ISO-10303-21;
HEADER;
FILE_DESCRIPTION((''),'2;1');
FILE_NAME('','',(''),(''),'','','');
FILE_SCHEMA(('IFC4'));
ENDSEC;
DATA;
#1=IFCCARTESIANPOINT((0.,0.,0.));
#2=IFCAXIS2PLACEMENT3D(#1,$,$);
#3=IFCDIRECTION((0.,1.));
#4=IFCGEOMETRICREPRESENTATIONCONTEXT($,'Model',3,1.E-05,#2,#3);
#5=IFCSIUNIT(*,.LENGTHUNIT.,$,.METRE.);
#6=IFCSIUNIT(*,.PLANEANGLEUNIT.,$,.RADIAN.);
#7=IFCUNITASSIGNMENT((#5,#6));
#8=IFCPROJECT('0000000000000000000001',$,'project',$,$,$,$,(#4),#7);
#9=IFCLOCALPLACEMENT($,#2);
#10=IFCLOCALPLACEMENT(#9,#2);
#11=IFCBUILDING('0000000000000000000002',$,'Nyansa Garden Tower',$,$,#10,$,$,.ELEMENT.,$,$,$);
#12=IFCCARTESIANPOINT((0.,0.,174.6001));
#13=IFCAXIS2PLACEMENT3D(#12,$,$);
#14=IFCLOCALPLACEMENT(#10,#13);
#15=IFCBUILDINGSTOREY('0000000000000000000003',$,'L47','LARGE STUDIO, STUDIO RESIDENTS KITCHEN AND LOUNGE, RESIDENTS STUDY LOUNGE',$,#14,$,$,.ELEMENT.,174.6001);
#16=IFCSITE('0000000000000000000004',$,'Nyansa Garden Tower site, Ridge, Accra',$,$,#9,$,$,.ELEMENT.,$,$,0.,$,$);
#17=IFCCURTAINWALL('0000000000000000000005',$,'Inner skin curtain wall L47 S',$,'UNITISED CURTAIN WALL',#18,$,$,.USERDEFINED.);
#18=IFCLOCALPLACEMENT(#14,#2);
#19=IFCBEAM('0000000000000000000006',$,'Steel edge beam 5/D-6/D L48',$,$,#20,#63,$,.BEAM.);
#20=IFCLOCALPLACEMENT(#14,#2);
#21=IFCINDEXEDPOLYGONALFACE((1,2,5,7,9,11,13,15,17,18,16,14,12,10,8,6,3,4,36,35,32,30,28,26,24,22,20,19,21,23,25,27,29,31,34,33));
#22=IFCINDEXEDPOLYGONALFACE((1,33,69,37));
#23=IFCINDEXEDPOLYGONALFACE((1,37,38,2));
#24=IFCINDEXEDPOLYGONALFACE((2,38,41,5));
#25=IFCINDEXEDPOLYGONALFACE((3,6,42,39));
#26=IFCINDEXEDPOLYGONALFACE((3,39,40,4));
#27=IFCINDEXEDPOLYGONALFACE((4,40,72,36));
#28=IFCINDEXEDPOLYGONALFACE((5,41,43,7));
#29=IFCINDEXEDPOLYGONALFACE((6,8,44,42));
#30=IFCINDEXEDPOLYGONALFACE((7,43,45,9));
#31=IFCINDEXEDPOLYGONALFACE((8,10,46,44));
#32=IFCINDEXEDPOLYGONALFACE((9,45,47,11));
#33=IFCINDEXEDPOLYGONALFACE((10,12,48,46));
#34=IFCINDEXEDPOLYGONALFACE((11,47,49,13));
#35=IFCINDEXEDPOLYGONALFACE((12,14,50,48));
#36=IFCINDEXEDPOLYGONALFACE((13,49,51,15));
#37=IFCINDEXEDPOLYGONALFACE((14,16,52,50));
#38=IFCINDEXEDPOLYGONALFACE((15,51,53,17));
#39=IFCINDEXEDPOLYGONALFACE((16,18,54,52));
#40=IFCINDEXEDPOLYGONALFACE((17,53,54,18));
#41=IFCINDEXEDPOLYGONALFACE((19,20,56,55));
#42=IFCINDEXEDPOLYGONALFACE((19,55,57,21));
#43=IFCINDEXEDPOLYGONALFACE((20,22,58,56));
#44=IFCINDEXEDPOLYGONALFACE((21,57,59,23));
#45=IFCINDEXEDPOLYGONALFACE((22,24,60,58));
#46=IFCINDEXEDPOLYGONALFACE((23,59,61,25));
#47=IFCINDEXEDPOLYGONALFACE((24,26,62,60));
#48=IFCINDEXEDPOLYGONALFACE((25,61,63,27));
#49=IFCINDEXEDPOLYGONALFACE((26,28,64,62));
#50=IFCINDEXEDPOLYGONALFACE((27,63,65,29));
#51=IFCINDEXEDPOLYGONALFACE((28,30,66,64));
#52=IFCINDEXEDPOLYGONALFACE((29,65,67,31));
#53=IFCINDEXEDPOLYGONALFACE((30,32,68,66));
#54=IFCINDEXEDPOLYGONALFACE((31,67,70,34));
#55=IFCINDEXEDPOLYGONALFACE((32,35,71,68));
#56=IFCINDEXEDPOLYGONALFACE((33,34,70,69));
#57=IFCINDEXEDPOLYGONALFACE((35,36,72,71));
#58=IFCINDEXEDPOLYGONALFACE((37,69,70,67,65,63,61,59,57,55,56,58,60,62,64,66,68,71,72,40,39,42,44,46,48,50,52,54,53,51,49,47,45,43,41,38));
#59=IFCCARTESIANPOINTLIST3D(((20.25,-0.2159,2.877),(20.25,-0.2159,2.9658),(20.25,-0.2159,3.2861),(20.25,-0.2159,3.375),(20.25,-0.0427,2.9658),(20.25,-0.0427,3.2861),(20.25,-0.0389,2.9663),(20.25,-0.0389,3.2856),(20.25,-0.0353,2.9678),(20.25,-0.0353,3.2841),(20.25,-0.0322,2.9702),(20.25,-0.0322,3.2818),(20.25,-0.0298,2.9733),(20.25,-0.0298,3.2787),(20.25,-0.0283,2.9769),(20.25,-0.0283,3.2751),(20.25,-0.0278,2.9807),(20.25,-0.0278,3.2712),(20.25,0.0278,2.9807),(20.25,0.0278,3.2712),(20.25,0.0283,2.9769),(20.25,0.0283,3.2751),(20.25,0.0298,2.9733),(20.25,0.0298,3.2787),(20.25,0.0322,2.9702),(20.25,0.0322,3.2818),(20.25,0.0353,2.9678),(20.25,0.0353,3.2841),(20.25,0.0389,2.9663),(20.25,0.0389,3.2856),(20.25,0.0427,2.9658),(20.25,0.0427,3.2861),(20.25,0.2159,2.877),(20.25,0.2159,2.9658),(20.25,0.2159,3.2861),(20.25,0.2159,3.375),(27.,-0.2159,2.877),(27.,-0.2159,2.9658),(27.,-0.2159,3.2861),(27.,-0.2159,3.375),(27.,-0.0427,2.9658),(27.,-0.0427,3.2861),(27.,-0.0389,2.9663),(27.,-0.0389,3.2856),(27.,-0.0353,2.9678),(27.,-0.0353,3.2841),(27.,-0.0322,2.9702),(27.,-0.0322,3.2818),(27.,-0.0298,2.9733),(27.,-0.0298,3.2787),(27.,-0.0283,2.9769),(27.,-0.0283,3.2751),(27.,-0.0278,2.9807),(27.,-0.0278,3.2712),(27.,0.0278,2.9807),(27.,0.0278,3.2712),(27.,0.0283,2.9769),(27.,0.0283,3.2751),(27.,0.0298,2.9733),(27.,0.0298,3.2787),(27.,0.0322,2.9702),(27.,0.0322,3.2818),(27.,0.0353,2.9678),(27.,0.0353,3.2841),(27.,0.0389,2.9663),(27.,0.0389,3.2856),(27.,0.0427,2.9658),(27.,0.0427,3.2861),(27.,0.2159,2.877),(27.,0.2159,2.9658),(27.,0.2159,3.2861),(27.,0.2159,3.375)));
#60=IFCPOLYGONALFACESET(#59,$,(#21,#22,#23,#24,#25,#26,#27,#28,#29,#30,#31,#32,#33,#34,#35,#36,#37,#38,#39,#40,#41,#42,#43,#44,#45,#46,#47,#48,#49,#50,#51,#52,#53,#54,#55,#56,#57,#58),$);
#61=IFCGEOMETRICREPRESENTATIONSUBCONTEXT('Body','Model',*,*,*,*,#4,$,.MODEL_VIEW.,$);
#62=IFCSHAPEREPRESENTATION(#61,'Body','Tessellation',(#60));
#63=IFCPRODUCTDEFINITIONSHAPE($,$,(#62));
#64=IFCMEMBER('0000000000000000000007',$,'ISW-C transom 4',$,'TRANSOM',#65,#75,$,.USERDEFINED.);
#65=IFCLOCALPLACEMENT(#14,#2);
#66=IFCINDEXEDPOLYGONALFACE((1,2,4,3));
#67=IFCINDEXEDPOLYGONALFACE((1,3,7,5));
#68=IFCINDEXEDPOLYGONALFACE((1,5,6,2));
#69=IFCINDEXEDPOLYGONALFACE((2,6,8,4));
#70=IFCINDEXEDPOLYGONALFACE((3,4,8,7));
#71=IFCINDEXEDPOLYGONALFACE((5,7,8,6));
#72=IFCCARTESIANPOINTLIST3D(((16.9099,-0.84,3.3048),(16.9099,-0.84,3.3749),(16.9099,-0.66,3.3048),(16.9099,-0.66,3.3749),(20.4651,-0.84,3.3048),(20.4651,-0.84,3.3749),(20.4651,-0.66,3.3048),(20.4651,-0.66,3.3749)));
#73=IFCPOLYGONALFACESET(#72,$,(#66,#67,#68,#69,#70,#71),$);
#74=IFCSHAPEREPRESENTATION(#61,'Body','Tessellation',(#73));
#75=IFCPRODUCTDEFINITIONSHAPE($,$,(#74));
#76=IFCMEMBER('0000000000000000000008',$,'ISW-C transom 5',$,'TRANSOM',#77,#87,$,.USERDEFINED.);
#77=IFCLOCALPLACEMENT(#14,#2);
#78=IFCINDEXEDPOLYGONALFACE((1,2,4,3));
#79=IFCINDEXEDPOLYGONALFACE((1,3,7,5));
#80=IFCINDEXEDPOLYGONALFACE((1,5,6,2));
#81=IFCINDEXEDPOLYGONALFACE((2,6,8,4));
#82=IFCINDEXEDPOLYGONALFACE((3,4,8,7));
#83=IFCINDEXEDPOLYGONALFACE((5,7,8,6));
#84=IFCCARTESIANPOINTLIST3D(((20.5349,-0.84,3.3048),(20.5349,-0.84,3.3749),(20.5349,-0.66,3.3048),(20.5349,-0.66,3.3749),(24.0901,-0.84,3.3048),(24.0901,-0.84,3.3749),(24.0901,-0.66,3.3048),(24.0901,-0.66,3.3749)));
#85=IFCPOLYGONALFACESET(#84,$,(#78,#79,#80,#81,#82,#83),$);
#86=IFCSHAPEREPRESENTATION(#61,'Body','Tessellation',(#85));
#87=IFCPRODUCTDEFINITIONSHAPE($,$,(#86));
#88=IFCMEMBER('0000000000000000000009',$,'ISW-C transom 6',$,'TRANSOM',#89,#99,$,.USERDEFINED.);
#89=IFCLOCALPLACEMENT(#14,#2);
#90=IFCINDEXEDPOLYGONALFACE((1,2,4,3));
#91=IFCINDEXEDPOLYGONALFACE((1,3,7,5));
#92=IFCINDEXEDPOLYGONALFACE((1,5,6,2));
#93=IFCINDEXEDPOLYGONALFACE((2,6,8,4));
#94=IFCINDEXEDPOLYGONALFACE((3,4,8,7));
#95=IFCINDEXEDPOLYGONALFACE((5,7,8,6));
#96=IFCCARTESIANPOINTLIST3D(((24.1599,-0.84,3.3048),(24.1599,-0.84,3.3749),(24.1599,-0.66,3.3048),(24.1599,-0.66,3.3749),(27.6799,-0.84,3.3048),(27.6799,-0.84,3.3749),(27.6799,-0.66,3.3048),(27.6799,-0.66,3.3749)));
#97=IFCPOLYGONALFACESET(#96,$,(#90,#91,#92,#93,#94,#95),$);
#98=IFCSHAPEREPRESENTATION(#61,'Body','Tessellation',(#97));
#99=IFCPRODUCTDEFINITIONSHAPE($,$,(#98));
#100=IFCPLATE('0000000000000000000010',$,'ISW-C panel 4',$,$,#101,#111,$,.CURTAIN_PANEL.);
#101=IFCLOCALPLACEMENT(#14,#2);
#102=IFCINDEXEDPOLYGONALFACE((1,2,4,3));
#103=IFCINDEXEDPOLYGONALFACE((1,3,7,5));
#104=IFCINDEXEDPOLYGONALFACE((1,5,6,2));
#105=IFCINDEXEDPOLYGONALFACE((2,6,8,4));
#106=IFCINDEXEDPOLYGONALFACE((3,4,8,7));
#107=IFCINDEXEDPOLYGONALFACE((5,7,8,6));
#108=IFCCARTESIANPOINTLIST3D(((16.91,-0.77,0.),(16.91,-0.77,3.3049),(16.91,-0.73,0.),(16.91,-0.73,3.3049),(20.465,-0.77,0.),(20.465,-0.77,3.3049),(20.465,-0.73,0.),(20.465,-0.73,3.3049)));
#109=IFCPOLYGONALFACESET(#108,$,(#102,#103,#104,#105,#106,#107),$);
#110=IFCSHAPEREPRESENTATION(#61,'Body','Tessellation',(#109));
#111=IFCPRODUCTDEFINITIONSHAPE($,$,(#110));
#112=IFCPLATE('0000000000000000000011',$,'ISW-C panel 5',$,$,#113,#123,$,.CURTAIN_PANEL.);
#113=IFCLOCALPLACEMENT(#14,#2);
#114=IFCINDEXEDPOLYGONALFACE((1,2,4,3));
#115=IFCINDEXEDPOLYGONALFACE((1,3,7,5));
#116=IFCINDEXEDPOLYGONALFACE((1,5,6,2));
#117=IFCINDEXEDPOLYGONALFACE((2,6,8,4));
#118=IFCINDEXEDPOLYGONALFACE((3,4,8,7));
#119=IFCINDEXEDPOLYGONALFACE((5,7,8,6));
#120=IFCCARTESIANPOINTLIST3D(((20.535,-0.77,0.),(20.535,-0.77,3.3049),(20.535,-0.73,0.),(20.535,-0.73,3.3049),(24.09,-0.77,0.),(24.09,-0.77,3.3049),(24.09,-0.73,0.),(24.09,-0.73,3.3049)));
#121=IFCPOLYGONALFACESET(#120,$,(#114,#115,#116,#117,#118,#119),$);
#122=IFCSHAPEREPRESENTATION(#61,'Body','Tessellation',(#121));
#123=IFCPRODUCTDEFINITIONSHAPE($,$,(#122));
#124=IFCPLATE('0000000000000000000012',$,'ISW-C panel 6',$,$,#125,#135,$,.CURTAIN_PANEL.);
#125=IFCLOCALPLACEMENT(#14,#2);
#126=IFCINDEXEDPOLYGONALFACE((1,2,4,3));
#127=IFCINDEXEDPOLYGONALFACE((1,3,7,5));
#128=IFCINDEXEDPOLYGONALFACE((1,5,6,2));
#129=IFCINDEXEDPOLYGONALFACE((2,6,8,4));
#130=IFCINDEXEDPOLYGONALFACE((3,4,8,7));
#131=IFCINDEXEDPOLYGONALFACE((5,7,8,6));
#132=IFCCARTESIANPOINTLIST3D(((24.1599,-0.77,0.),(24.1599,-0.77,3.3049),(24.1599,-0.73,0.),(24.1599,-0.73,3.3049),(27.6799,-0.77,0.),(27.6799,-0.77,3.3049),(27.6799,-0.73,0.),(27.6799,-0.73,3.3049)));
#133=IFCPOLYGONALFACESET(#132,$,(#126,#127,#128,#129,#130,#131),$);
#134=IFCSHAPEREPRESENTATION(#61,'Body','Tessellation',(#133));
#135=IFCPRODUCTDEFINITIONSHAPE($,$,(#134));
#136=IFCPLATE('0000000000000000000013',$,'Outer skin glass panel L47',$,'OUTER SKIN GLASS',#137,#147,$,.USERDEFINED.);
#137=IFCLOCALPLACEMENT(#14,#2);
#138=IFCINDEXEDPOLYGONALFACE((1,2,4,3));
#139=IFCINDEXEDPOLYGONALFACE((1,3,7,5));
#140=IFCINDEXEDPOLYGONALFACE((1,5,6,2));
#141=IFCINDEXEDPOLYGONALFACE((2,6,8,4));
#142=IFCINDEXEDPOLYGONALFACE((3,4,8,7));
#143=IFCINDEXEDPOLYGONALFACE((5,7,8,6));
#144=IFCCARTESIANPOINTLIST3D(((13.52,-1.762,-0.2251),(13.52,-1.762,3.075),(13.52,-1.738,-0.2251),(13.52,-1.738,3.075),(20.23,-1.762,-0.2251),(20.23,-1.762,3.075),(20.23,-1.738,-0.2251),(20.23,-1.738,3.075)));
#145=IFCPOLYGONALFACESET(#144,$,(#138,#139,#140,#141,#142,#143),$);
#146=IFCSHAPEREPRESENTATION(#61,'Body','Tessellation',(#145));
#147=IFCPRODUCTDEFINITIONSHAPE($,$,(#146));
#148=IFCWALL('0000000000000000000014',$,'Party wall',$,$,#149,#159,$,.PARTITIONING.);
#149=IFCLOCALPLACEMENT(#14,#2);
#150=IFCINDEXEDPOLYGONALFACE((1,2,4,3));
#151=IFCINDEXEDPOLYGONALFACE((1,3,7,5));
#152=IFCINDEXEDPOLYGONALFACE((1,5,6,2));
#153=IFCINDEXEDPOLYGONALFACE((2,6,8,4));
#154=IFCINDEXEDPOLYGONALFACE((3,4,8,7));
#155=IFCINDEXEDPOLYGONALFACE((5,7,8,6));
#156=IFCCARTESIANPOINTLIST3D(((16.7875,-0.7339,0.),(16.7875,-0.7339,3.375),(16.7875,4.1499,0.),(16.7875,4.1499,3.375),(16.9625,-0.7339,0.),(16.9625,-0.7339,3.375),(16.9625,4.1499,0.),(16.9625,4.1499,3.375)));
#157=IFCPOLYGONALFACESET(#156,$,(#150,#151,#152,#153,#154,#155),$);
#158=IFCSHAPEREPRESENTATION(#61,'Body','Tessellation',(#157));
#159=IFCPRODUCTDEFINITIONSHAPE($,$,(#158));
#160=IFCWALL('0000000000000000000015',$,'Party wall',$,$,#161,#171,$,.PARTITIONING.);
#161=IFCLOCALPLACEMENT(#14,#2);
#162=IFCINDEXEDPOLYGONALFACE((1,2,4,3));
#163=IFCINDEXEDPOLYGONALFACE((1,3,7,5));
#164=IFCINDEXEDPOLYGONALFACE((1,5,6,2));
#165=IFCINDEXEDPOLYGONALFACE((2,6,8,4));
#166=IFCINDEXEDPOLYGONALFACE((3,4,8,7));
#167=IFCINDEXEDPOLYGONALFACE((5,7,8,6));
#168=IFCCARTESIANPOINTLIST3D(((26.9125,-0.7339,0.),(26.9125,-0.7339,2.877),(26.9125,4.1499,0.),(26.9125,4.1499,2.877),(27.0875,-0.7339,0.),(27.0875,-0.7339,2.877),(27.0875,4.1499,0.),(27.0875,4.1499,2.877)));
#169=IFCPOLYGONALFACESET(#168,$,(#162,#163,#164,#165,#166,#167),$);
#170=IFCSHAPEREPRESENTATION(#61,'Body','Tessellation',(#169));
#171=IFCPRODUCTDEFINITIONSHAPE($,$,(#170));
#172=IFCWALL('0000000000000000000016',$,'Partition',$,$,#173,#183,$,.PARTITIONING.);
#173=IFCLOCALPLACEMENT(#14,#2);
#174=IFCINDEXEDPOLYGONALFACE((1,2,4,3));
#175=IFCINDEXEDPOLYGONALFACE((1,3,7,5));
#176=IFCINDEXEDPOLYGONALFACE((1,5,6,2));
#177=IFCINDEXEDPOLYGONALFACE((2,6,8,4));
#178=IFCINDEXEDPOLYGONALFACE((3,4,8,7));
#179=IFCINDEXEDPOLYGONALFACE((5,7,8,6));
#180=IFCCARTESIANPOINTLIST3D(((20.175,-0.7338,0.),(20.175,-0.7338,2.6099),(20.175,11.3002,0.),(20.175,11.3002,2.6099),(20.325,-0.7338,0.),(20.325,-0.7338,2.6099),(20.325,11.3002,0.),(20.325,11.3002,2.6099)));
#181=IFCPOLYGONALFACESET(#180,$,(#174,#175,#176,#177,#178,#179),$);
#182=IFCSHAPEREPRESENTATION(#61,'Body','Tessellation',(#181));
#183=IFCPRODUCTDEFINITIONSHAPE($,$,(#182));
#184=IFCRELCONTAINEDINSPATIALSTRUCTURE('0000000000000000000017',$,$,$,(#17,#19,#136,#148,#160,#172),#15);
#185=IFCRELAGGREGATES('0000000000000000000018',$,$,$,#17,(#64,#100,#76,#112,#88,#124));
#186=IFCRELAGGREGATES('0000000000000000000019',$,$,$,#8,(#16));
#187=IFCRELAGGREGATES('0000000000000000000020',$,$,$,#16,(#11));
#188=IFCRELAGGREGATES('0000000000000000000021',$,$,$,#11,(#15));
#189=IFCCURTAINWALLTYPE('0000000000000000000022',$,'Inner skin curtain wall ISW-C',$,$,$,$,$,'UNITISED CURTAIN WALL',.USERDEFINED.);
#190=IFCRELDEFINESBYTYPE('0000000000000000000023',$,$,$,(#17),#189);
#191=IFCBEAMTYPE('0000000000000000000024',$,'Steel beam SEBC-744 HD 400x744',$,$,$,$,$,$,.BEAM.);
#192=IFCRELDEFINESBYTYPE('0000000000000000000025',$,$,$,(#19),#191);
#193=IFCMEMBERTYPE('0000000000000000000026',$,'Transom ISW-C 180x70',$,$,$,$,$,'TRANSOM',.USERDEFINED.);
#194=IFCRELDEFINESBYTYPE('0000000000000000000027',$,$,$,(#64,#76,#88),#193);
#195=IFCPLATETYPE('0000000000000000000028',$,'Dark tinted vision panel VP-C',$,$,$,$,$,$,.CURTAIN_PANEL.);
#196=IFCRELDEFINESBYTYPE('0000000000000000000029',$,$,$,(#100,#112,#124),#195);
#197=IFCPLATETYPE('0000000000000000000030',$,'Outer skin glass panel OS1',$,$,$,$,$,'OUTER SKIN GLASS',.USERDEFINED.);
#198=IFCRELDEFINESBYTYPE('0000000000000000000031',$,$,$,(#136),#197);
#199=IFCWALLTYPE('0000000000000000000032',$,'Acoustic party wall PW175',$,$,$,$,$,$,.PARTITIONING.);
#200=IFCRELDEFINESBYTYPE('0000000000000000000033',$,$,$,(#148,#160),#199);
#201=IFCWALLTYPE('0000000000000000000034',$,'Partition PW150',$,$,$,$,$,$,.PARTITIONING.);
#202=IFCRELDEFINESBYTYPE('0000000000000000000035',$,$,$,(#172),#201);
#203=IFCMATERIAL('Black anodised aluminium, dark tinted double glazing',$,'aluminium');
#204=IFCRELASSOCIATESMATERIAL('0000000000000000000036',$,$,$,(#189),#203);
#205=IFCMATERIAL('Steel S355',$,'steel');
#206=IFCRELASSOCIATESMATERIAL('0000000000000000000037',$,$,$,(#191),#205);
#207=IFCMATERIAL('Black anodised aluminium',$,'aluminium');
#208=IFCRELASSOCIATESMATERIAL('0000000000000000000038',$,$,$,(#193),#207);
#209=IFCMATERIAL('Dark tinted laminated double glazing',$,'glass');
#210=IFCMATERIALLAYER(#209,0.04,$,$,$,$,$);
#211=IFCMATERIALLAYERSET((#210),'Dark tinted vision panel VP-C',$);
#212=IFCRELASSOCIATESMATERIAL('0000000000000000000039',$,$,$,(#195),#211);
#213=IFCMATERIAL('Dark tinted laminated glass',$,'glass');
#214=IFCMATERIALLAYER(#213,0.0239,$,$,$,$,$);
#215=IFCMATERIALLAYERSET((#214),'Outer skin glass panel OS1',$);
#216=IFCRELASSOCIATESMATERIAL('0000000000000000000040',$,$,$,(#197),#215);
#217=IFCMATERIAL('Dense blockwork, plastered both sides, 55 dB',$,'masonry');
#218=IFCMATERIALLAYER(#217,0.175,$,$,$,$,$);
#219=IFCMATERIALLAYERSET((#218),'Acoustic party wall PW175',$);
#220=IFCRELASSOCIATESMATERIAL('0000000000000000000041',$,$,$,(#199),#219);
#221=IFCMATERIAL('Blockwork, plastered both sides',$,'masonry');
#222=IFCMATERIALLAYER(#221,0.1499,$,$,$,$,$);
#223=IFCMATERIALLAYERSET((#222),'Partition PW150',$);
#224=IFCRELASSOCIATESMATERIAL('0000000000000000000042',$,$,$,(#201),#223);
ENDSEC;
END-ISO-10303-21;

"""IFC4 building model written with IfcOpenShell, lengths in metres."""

from ifc_helpers import new_model, si_unit, direction, frame, frame_2d, origin, origin_2d, place, context, subcontext, project, spatial, rectangle, i_section, extrude, material, layer, layer_set, material_profile, profile_set, type_object, element, aggregate, save


model = new_model("IFC4")

# Units and contexts
model_context = context("Model", 3, precision=1e-05, world=origin(), true_north=direction((0.0, 1.0)))
body_context = subcontext(model_context, "Body", "Model", "MODEL_VIEW")
ifc_project = project(units=[si_unit("LENGTHUNIT", "METRE"), si_unit("PLANEANGLEUNIT", "RADIAN")], contexts=[model_context])

# Site, building, storey
site_placement = place(None, origin())
site = spatial("IfcSite", under=ifc_project, at=site_placement, Name="Nyansa Garden Tower site, Ridge, Accra", CompositionType="ELEMENT", RefElevation=0.0)
building_placement = place(site_placement, origin())
building = spatial("IfcBuilding", under=site, at=building_placement, Name="Nyansa Garden Tower", CompositionType="ELEMENT")
storey_placement = place(building_placement, frame((0.0, 0.0, 174.6001)))
storey = spatial("IfcBuildingStorey", under=building, at=storey_placement, Name="L47", Description="LARGE STUDIO, STUDIO RESIDENTS KITCHEN AND LOUNGE, RESIDENTS STUDY LOUNGE", CompositionType="ELEMENT", Elevation=174.6001)

# Curtain wall
ifc_material_1 = material(Name="Black anodised aluminium, dark tinted double glazing", Category="aluminium")
curtain_wall_type = type_object("IfcCurtainWallType", Name="Inner skin curtain wall ISW-C", ElementType="UNITISED CURTAIN WALL", PredefinedType="USERDEFINED", material=ifc_material_1)
curtain_wall_placement = place(storey_placement, origin())
curtain_wall = element("IfcCurtainWall", 1, at=curtain_wall_placement, inside=storey, type_object=curtain_wall_type, Name="Inner skin curtain wall L47 S", ObjectType="UNITISED CURTAIN WALL", PredefinedType="USERDEFINED")

# Beam
ifc_material_2 = material(Name="Steel S355", Category="steel")
ifc_material_profile_1 = material_profile(ifc_material_2, i_section(OverallWidth=0.4319, OverallDepth=0.498, WebThickness=0.0557, FlangeThickness=0.0889, FilletRadius=0.0149, at=origin_2d()), Name="HD 400x744")
ifc_profile_set_1 = profile_set([ifc_material_profile_1], Name="Steel S355")
beam_type_1 = type_object("IfcBeamType", Name="Steel beam SEBC-744 HD 400x744", PredefinedType="BEAM", material=ifc_profile_set_1)
beam_1_placement = place(storey_placement, frame((20.25, 0.0, 3.126), z_axis=(1.0, 0.0, 0.0), x_axis=(0.0, 1.0, 0.0)))
element("IfcBeam", 2, at=beam_1_placement, inside=storey, type_object=beam_type_1, Name="Steel edge beam 5/D-6/D L48", PredefinedType="BEAM", context=body_context, shape_type="SweptSolid", body=[
    extrude(i_section(OverallWidth=0.4319, OverallDepth=0.498, WebThickness=0.0557, FlangeThickness=0.0889, FilletRadius=0.0149, at=origin_2d()), origin(), (0.0, 0.0, 1.0), 6.75),
])

# Members
ifc_material_3 = material(Name="Black anodised aluminium", Category="aluminium")
ifc_material_profile_2 = material_profile(ifc_material_3, rectangle(XDim=0.1799, YDim=0.0701, at=origin_2d()), Name="Transom 180x70")
ifc_profile_set_2 = profile_set([ifc_material_profile_2], Name="Black anodised aluminium")
member_type_1 = type_object("IfcMemberType", Name="Transom ISW-C 180x70", ElementType="TRANSOM", PredefinedType="USERDEFINED", material=ifc_profile_set_2)
member_1_placement = place(storey_placement, frame((16.9099, -0.75, 3.3398), z_axis=(1.0, 0.0, 0.0), x_axis=(0.0, 1.0, 0.0)))
member_1 = element("IfcMember", 3, at=member_1_placement, type_object=member_type_1, Name="ISW-C transom 4", ObjectType="TRANSOM", PredefinedType="USERDEFINED", context=body_context, shape_type="SweptSolid", body=[
    extrude(rectangle(XDim=0.1799, YDim=0.0701, at=origin_2d()), origin(), (0.0, 0.0, 1.0), 3.5552),
])
member_2_placement = place(storey_placement, frame((20.5349, -0.75, 3.3398), z_axis=(1.0, 0.0, 0.0), x_axis=(0.0, 1.0, 0.0)))
member_2 = element("IfcMember", 4, at=member_2_placement, type_object=member_type_1, Name="ISW-C transom 5", ObjectType="TRANSOM", PredefinedType="USERDEFINED", context=body_context, shape_type="SweptSolid", body=[
    extrude(rectangle(XDim=0.1799, YDim=0.0701, at=origin_2d()), origin(), (0.0, 0.0, 1.0), 3.5552),
])
member_3_placement = place(storey_placement, frame((24.1599, -0.75, 3.3398), z_axis=(1.0, 0.0, 0.0), x_axis=(0.0, 1.0, 0.0)))
member_3 = element("IfcMember", 5, at=member_3_placement, type_object=member_type_1, Name="ISW-C transom 6", ObjectType="TRANSOM", PredefinedType="USERDEFINED", context=body_context, shape_type="SweptSolid", body=[
    extrude(rectangle(XDim=0.1799, YDim=0.0701, at=origin_2d()), origin(), (0.0, 0.0, 1.0), 3.52),
])

# Plates
ifc_material_4 = material(Name="Dark tinted laminated double glazing", Category="glass")
ifc_layer_1 = layer(ifc_material_4, 0.04)
ifc_layer_set_1 = layer_set([ifc_layer_1], Name="Dark tinted vision panel VP-C")
plate_type_1 = type_object("IfcPlateType", Name="Dark tinted vision panel VP-C", PredefinedType="CURTAIN_PANEL", material=ifc_layer_set_1)
plate_1_placement = place(storey_placement, frame((18.6875, -0.75, 0.0), z_axis=(0.0, 0.0, 1.0), x_axis=(1.0, 0.0, 0.0)))
plate_1 = element("IfcPlate", 6, at=plate_1_placement, type_object=plate_type_1, Name="ISW-C panel 4", PredefinedType="CURTAIN_PANEL", context=body_context, shape_type="SweptSolid", body=[
    extrude(rectangle(XDim=3.5549, YDim=0.04, at=origin_2d()), origin(), (0.0, 0.0, 1.0), 3.3049),
])
plate_2_placement = place(storey_placement, frame((22.3125, -0.75, 0.0), z_axis=(0.0, 0.0, 1.0), x_axis=(1.0, 0.0, 0.0)))
plate_2 = element("IfcPlate", 7, at=plate_2_placement, type_object=plate_type_1, Name="ISW-C panel 5", PredefinedType="CURTAIN_PANEL", context=body_context, shape_type="SweptSolid", body=[
    extrude(rectangle(XDim=3.5549, YDim=0.04, at=origin_2d()), origin(), (0.0, 0.0, 1.0), 3.3049),
])
plate_3_placement = place(storey_placement, frame((25.9199, -0.75, 0.0), z_axis=(0.0, 0.0, 1.0), x_axis=(1.0, 0.0, 0.0)))
plate_3 = element("IfcPlate", 8, at=plate_3_placement, type_object=plate_type_1, Name="ISW-C panel 6", PredefinedType="CURTAIN_PANEL", context=body_context, shape_type="SweptSolid", body=[
    extrude(rectangle(XDim=3.52, YDim=0.04, at=origin_2d()), origin(), (0.0, 0.0, 1.0), 3.3049),
])
aggregate(curtain_wall, [member_1, plate_1, member_2, plate_2, member_3, plate_3])
ifc_material_5 = material(Name="Dark tinted laminated glass", Category="glass")
ifc_layer_2 = layer(ifc_material_5, 0.0239)
ifc_layer_set_2 = layer_set([ifc_layer_2], Name="Outer skin glass panel OS1")
plate_type_2 = type_object("IfcPlateType", Name="Outer skin glass panel OS1", ElementType="OUTER SKIN GLASS", PredefinedType="USERDEFINED", material=ifc_layer_set_2)
plate_4_placement = place(storey_placement, frame((16.875, -1.75, -0.2251), z_axis=(0.0, 0.0, 1.0), x_axis=(1.0, 0.0, 0.0)))
element("IfcPlate", 9, at=plate_4_placement, inside=storey, type_object=plate_type_2, Name="Outer skin glass panel L47", ObjectType="OUTER SKIN GLASS", PredefinedType="USERDEFINED", context=body_context, shape_type="SweptSolid", body=[
    extrude(rectangle(XDim=6.71, YDim=0.0239, at=origin_2d()), origin(), (0.0, 0.0, 1.0), 3.3),
])

# Walls
ifc_material_6 = material(Name="Dense blockwork, plastered both sides, 55 dB", Category="masonry")
ifc_layer_3 = layer(ifc_material_6, 0.175)
ifc_layer_set_3 = layer_set([ifc_layer_3], Name="Acoustic party wall PW175")
wall_type_1 = type_object("IfcWallType", Name="Acoustic party wall PW175", PredefinedType="PARTITIONING", material=ifc_layer_set_3)
wall_1_placement = place(storey_placement, frame((16.875, -0.7339, 0.0), z_axis=(0.0, 0.0, 1.0), x_axis=(0.0, 1.0, 0.0)))
element("IfcWall", 10, at=wall_1_placement, inside=storey, type_object=wall_type_1, Name="Party wall", PredefinedType="PARTITIONING", context=body_context, shape_type="SweptSolid", body=[
    extrude(rectangle(XDim=4.8838, YDim=0.175, at=frame_2d((2.4419, 0.0))), origin(), (0.0, 0.0, 1.0), 3.375),
])
wall_2_placement = place(storey_placement, frame((27.0, -0.7339, 0.0), z_axis=(0.0, 0.0, 1.0), x_axis=(0.0, 1.0, 0.0)))
element("IfcWall", 11, at=wall_2_placement, inside=storey, type_object=wall_type_1, Name="Party wall", PredefinedType="PARTITIONING", context=body_context, shape_type="SweptSolid", body=[
    extrude(rectangle(XDim=4.8838, YDim=0.175, at=frame_2d((2.4419, 0.0))), origin(), (0.0, 0.0, 1.0), 2.877),
])
ifc_material_7 = material(Name="Blockwork, plastered both sides", Category="masonry")
ifc_layer_4 = layer(ifc_material_7, 0.1499)
ifc_layer_set_4 = layer_set([ifc_layer_4], Name="Partition PW150")
wall_type_2 = type_object("IfcWallType", Name="Partition PW150", PredefinedType="PARTITIONING", material=ifc_layer_set_4)
wall_3_placement = place(storey_placement, frame((20.25, -0.7339, 0.0), z_axis=(0.0, 0.0, 1.0), x_axis=(0.0, 1.0, 0.0)))
element("IfcWall", 12, at=wall_3_placement, inside=storey, type_object=wall_type_2, Name="Partition", PredefinedType="PARTITIONING", context=body_context, shape_type="SweptSolid", body=[
    extrude(rectangle(XDim=12.0339, YDim=0.1499, at=frame_2d((6.0171, 0.0))), origin(), (0.0, 0.0, 1.0), 2.6099),
])

save(model, "model.ifc")
